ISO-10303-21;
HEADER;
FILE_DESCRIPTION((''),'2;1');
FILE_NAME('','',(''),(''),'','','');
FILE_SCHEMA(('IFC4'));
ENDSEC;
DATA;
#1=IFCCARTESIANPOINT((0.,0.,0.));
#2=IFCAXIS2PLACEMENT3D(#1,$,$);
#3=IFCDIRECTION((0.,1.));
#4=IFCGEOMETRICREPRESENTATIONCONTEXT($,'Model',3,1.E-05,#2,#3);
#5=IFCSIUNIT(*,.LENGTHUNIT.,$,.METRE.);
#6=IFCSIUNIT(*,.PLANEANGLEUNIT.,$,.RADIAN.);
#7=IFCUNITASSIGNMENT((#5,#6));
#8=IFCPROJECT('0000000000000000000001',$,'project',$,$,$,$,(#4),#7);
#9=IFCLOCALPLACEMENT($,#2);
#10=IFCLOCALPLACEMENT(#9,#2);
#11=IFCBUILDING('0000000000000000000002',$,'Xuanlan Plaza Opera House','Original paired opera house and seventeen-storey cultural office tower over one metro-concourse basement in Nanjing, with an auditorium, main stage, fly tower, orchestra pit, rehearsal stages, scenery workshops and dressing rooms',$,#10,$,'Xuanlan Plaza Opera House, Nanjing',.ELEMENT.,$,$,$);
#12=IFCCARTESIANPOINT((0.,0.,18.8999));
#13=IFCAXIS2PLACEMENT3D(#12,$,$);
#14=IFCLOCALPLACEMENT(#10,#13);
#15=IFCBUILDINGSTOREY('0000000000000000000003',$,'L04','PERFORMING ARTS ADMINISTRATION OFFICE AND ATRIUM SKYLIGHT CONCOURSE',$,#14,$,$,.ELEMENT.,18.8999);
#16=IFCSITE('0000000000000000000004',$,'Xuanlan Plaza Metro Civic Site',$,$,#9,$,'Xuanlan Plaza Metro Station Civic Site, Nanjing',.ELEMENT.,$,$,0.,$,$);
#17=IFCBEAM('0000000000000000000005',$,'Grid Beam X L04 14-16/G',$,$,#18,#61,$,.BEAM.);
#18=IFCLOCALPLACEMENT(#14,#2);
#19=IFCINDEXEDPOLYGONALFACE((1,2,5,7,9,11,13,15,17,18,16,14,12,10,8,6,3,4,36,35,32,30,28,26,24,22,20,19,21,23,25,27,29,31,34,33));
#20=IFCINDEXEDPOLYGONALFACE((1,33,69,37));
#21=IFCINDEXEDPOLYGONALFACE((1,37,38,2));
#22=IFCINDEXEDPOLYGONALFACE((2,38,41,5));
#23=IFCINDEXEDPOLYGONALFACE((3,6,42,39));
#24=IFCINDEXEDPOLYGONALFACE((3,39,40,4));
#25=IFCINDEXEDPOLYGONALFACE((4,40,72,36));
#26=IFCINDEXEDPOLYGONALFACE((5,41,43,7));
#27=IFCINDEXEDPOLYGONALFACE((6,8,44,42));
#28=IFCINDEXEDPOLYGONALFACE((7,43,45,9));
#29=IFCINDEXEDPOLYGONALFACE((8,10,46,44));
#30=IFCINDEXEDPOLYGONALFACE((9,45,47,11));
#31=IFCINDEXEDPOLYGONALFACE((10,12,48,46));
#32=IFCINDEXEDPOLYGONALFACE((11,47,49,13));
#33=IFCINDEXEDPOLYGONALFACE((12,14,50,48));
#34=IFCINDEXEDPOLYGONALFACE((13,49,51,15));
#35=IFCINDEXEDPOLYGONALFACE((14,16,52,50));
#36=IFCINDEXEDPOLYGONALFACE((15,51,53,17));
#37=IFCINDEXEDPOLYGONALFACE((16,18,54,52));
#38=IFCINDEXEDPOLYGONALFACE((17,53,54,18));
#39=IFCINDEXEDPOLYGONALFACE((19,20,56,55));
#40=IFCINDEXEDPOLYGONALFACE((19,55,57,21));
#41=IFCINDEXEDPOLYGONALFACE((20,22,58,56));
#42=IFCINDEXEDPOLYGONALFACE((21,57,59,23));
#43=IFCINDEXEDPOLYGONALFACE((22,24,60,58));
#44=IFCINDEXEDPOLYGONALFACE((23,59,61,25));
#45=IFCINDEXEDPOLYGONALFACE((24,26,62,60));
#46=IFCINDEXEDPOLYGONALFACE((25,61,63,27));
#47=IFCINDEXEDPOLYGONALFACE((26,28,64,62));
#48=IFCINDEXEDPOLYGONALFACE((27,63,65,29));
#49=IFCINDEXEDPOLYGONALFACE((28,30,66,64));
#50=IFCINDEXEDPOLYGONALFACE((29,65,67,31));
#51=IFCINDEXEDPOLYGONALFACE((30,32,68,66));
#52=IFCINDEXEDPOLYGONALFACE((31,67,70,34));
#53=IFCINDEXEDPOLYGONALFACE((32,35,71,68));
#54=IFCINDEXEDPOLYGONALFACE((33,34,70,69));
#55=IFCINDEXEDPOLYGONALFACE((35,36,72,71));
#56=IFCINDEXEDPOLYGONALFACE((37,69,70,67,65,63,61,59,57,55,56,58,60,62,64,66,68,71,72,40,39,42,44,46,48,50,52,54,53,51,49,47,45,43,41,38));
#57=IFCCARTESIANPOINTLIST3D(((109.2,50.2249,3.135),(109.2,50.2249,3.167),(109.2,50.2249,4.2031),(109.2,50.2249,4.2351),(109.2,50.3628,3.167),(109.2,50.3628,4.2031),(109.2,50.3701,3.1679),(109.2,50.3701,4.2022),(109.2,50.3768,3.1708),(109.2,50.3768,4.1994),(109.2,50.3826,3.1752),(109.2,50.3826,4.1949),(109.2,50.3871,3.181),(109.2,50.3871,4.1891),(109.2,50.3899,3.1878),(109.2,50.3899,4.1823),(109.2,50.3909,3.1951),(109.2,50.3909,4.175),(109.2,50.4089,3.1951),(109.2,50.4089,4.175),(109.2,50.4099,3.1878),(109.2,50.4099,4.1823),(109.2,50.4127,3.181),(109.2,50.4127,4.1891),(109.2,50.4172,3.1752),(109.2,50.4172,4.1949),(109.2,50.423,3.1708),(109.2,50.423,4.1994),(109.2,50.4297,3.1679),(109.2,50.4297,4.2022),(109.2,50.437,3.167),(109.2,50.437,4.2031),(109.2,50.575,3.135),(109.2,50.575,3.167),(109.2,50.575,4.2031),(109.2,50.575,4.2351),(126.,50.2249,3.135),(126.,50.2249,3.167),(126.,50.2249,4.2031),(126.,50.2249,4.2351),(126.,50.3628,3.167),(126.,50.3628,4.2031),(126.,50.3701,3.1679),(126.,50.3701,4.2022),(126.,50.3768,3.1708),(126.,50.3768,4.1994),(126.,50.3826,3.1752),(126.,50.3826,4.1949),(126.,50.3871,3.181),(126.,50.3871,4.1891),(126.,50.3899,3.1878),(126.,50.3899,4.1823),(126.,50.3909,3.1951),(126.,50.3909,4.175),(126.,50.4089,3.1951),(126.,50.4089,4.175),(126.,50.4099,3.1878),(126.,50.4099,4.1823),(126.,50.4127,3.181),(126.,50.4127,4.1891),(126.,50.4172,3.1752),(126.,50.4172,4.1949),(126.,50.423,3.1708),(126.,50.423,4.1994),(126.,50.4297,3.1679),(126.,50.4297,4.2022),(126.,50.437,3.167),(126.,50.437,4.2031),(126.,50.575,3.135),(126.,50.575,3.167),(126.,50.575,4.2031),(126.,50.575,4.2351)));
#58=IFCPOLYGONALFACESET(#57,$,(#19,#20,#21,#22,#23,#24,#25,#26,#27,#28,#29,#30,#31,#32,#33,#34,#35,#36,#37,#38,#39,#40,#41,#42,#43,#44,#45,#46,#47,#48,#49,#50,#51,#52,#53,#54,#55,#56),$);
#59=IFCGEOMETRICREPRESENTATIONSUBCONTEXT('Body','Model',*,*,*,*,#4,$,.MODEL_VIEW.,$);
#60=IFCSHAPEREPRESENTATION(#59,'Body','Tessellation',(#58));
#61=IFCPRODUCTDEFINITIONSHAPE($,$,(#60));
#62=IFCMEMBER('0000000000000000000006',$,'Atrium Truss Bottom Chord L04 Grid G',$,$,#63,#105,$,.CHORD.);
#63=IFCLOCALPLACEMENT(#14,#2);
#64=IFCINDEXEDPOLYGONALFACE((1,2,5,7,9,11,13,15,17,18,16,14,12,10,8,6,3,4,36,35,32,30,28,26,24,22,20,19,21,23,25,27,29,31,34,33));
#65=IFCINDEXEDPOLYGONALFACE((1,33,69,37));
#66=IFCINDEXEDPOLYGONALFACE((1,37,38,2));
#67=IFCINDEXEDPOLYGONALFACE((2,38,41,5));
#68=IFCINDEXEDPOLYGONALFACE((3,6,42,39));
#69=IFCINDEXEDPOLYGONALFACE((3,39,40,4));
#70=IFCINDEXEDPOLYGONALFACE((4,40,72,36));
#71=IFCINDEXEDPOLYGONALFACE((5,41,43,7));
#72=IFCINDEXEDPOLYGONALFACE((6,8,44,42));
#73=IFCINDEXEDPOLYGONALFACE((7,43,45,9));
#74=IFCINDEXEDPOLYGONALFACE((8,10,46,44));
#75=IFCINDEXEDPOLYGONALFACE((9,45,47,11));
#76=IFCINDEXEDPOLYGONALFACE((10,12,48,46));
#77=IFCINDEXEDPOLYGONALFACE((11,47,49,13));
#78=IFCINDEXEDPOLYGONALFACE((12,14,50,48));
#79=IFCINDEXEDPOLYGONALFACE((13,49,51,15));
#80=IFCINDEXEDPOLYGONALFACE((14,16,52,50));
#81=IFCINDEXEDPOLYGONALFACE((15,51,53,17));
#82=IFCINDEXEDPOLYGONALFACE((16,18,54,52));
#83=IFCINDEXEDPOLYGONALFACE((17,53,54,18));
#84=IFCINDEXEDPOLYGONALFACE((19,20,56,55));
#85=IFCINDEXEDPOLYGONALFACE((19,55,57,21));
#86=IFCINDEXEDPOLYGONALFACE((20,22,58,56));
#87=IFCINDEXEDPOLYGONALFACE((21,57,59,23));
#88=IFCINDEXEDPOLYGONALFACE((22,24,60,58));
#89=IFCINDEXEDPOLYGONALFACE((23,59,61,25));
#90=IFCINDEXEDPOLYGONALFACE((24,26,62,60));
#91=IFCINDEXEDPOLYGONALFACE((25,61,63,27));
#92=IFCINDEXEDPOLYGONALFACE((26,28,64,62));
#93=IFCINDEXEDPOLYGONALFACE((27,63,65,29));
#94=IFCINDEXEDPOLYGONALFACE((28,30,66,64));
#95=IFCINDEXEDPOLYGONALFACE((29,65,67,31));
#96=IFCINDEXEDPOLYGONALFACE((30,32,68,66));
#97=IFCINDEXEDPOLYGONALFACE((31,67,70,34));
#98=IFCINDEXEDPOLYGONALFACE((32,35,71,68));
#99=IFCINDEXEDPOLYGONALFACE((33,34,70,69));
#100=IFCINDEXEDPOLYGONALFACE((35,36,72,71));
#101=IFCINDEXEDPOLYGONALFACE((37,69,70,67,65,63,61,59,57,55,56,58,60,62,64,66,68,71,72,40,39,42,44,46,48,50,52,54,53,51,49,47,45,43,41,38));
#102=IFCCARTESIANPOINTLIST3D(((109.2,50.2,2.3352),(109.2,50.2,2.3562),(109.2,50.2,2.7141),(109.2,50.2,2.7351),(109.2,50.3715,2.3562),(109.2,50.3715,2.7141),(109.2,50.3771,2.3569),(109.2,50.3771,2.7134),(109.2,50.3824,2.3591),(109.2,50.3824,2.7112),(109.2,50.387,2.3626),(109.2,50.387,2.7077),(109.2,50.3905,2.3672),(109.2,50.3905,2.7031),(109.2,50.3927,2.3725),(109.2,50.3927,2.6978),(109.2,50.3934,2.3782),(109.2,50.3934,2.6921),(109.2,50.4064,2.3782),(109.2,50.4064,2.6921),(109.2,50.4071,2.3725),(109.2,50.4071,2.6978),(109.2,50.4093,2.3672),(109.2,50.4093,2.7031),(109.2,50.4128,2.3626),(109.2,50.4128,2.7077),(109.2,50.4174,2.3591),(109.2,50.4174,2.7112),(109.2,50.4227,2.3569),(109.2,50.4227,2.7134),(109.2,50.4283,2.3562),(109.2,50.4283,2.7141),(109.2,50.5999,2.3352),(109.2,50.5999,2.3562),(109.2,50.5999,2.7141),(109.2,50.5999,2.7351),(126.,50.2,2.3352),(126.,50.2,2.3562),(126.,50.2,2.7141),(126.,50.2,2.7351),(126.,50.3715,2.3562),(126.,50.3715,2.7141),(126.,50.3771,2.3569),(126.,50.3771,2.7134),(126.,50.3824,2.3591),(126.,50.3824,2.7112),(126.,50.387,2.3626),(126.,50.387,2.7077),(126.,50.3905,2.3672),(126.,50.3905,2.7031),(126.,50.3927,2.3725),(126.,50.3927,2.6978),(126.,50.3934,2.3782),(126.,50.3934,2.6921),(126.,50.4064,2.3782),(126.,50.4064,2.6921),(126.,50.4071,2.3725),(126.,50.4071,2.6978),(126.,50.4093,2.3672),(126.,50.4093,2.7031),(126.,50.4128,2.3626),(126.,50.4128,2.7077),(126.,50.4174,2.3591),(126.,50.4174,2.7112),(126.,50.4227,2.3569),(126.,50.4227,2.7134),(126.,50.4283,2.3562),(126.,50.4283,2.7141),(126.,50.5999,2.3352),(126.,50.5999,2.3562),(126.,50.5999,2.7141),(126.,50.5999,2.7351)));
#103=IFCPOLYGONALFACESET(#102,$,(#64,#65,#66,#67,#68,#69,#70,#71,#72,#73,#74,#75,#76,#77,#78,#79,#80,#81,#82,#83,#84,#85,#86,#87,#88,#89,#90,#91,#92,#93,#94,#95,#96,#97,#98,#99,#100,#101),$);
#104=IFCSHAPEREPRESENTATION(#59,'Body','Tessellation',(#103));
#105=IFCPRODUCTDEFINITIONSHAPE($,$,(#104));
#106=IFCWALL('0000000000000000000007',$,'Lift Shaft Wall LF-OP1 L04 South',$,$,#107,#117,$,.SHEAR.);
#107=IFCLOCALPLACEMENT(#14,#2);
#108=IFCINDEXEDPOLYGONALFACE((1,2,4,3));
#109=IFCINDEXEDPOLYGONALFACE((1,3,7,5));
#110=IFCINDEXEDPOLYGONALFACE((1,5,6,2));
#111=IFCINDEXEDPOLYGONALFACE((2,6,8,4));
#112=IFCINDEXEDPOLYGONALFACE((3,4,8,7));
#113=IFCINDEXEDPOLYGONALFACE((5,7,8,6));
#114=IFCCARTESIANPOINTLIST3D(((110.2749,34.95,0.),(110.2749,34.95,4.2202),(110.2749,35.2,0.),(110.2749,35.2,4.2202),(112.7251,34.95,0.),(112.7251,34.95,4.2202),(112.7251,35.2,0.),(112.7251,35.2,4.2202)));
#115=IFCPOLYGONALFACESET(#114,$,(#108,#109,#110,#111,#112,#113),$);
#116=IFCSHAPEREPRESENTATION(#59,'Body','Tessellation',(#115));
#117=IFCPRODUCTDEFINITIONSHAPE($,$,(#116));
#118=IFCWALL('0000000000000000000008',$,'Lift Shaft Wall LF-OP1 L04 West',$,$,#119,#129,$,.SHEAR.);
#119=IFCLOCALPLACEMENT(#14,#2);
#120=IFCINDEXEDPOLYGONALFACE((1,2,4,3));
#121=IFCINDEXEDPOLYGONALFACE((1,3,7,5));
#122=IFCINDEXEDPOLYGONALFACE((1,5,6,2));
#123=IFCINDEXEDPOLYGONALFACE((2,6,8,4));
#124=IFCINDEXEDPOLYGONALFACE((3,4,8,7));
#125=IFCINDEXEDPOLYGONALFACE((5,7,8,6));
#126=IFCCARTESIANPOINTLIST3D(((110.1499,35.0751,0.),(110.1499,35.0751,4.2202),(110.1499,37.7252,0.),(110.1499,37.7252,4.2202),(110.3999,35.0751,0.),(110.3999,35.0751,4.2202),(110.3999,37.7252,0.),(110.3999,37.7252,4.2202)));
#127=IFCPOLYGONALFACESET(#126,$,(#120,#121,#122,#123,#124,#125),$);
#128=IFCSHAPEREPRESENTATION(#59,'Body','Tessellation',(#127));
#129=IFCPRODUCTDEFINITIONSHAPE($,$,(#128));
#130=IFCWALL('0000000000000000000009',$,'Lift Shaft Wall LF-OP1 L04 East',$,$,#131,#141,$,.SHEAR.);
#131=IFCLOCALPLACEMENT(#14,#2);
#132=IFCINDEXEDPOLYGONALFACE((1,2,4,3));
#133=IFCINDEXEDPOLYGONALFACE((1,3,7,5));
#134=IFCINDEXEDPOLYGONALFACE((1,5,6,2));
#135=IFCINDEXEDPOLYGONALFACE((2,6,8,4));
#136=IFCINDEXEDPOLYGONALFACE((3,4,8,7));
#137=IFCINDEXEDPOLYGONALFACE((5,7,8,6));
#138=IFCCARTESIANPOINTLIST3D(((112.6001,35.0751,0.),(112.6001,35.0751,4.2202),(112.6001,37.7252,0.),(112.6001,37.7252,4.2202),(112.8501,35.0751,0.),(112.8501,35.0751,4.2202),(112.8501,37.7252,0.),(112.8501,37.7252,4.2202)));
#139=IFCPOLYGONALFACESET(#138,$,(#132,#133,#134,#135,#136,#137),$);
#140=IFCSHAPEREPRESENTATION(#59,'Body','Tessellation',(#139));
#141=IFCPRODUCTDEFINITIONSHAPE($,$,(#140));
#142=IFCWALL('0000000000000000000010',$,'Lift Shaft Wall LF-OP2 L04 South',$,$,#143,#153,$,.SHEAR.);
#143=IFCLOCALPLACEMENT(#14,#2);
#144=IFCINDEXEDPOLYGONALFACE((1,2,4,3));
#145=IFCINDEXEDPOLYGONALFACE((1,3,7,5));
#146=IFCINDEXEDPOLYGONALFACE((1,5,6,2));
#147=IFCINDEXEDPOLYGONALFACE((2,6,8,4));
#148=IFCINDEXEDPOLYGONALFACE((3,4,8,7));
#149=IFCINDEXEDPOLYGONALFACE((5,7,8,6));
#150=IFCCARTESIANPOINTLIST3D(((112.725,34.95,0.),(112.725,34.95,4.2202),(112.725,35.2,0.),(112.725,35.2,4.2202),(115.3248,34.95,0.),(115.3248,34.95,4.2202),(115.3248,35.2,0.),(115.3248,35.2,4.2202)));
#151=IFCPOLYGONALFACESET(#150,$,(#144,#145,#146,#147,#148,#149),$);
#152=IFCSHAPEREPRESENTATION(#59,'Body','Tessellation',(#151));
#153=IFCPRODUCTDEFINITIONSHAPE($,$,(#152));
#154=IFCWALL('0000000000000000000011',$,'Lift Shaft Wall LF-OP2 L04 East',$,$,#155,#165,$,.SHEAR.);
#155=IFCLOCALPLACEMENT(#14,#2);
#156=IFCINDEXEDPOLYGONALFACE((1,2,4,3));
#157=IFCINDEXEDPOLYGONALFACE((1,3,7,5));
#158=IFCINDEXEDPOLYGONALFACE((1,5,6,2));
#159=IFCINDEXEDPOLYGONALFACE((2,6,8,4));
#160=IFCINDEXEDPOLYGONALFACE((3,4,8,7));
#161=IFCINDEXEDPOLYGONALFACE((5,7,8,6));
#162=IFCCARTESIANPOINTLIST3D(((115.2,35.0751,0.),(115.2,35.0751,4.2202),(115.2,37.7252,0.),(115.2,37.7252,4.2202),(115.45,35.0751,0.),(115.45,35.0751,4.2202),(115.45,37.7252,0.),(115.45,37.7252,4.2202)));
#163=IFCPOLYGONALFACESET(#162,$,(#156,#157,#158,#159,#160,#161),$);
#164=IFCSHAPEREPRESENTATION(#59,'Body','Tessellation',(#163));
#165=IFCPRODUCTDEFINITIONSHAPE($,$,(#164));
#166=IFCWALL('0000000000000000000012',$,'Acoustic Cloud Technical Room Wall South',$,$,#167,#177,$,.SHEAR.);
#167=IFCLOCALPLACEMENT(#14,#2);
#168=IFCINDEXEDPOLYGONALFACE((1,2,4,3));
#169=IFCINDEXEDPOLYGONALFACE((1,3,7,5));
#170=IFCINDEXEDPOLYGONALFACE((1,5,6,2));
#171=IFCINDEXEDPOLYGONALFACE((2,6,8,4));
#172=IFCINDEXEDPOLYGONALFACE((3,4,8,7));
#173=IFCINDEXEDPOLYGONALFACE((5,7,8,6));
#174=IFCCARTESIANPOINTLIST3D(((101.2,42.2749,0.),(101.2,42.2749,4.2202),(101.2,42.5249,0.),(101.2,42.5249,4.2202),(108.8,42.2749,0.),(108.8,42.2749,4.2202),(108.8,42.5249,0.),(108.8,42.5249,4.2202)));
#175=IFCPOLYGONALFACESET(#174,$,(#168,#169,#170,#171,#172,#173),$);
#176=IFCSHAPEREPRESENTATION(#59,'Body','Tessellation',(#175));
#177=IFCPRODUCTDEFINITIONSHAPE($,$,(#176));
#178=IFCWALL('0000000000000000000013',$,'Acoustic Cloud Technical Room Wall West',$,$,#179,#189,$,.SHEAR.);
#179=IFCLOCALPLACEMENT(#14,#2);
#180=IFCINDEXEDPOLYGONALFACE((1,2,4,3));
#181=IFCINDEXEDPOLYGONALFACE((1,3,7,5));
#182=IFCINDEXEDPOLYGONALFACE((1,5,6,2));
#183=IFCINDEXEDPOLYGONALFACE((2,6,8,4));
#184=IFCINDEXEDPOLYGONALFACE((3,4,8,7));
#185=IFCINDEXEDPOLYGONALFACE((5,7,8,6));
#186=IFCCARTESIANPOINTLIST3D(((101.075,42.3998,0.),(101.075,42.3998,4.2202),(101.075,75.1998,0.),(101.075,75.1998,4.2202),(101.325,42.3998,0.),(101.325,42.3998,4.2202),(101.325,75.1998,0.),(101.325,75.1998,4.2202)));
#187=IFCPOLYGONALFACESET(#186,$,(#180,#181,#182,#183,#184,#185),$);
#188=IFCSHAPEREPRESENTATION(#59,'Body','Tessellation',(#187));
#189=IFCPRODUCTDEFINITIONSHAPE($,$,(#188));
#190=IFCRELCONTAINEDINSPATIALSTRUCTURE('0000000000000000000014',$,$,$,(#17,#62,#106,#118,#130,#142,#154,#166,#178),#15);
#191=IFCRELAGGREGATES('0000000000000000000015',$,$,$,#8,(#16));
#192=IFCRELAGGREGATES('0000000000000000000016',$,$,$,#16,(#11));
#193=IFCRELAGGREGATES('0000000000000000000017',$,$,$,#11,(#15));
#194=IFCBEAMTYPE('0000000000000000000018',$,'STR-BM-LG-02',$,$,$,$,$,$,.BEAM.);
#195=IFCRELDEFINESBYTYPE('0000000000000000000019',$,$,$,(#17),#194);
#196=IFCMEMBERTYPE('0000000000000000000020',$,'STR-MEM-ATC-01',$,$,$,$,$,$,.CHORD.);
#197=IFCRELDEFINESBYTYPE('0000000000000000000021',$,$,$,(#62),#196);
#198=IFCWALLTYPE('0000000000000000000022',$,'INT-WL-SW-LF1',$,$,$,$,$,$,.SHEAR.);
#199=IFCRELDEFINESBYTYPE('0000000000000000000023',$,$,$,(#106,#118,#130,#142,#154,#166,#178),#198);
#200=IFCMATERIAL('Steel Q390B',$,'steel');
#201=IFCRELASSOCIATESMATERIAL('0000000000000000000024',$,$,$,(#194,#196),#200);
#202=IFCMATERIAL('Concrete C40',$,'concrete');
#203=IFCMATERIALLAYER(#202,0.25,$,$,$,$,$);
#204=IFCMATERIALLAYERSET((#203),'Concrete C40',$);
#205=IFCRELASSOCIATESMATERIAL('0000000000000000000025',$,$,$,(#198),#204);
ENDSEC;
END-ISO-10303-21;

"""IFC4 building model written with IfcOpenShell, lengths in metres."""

from ifc_helpers import new_model, si_unit, direction, frame, frame_2d, origin, origin_2d, place, context, subcontext, project, spatial, rectangle, i_section, extrude, material, layer, layer_set, material_profile, profile_set, type_object, element, save


model = new_model("IFC4")

# Units and contexts
model_context = context("Model", 3, precision=1e-05, world=origin(), true_north=direction((0.0, 1.0)))
body_context = subcontext(model_context, "Body", "Model", "MODEL_VIEW")
ifc_project = project(units=[si_unit("LENGTHUNIT", "METRE"), si_unit("PLANEANGLEUNIT", "RADIAN")], contexts=[model_context])

# Site, building, storey
site_placement = place(None, origin())
site = spatial("IfcSite", under=ifc_project, at=site_placement, Name="Xuanlan Plaza Metro Civic Site", LongName="Xuanlan Plaza Metro Station Civic Site, Nanjing", CompositionType="ELEMENT", RefElevation=0.0)
building_placement = place(site_placement, origin())
building = spatial("IfcBuilding", under=site, at=building_placement, Name="Xuanlan Plaza Opera House", Description="Original paired opera house and seventeen-storey cultural office tower over one metro-concourse basement in Nanjing, with an auditorium, main stage, fly tower, orchestra pit, rehearsal stages, scenery workshops and dressing rooms", LongName="Xuanlan Plaza Opera House, Nanjing", CompositionType="ELEMENT")
storey_placement = place(building_placement, frame((0.0, 0.0, 18.8999)))
storey = spatial("IfcBuildingStorey", under=building, at=storey_placement, Name="L04", Description="PERFORMING ARTS ADMINISTRATION OFFICE AND ATRIUM SKYLIGHT CONCOURSE", CompositionType="ELEMENT", Elevation=18.8999)

# Beam
ifc_material_1 = material(Name="Concrete C40", Category="concrete")
ifc_material_2 = material(Name="Steel Q390B", Category="steel")
ifc_material_profile_1 = material_profile(ifc_material_2, i_section(OverallWidth=0.3501, OverallDepth=1.1001, WebThickness=0.0181, FlangeThickness=0.032, FilletRadius=0.0281, at=origin_2d()), Name="HN 1100x350x18x32")
ifc_profile_set_1 = profile_set([ifc_material_profile_1], Name="Steel Q390B")
beam_type_1 = type_object("IfcBeamType", Name="STR-BM-LG-02", PredefinedType="BEAM", material=ifc_profile_set_1)
beam_1_placement = place(storey_placement, frame((109.2, 50.3999, 3.6851), z_axis=(1.0, 0.0, 0.0), x_axis=(0.0, 1.0, 0.0)))
element("IfcBeam", 1, at=beam_1_placement, inside=storey, type_object=beam_type_1, Name="Grid Beam X L04 14-16/G", PredefinedType="BEAM", context=body_context, shape_type="SweptSolid", body=[
    extrude(i_section(OverallWidth=0.3501, OverallDepth=1.1001, WebThickness=0.0181, FlangeThickness=0.032, FilletRadius=0.0281, at=origin_2d()), origin(), (0.0, 0.0, 1.0), 16.8),
])

# Member
ifc_material_profile_2 = material_profile(ifc_material_2, i_section(OverallWidth=0.3999, OverallDepth=0.3999, WebThickness=0.0129, FlangeThickness=0.021, FilletRadius=0.022, at=origin_2d()), Name="HW 400x400x13x21")
ifc_profile_set_2 = profile_set([ifc_material_profile_2], Name="Steel Q390B")
member_type = type_object("IfcMemberType", Name="STR-MEM-ATC-01", PredefinedType="CHORD", material=ifc_profile_set_2)
member_placement = place(storey_placement, frame((109.2, 50.3999, 2.5352), z_axis=(1.0, 0.0, 0.0), x_axis=(0.0, 1.0, 0.0)))
element("IfcMember", 2, at=member_placement, inside=storey, type_object=member_type, Name="Atrium Truss Bottom Chord L04 Grid G", PredefinedType="CHORD", context=body_context, shape_type="SweptSolid", body=[
    extrude(i_section(OverallWidth=0.3999, OverallDepth=0.3999, WebThickness=0.0129, FlangeThickness=0.021, FilletRadius=0.022, at=origin_2d()), origin(), (0.0, 0.0, 1.0), 16.8),
])

# Wall
ifc_layer_1 = layer(ifc_material_1, 0.25)
ifc_layer_set_1 = layer_set([ifc_layer_1], Name="Concrete C40")
wall_type_1 = type_object("IfcWallType", Name="INT-WL-SW-LF1", PredefinedType="SHEAR", material=ifc_layer_set_1)
wall_1_placement = place(storey_placement, frame((110.2749, 35.075, 0.0), z_axis=(0.0, 0.0, 1.0), x_axis=(1.0, 0.0, 0.0)))
element("IfcWall", 3, at=wall_1_placement, inside=storey, type_object=wall_type_1, Name="Lift Shaft Wall LF-OP1 L04 South", PredefinedType="SHEAR", context=body_context, shape_type="SweptSolid", body=[
    extrude(rectangle(XDim=2.4502, YDim=0.25, at=frame_2d((1.2251, 0.0))), origin(), (0.0, 0.0, 1.0), 4.2202),
])

# Walls
for number, where, z_axis, x_axis, name in (
    (4, (110.2749, 35.075, 0.0), (0.0, 0.0, 1.0), (0.0, 1.0, 0.0), "Lift Shaft Wall LF-OP1 L04 West"),
    (5, (112.7251, 35.075, 0.0), (0.0, 0.0, 1.0), (0.0, 1.0, 0.0), "Lift Shaft Wall LF-OP1 L04 East"),
):
    element("IfcWall", number, at=place(storey_placement, frame(where, z_axis=z_axis, x_axis=x_axis)), inside=storey, type_object=wall_type_1, Name=name, PredefinedType="SHEAR", context=body_context, shape_type="SweptSolid", body=[
        extrude(rectangle(XDim=2.6501, YDim=0.25, at=frame_2d((1.3252, 0.0))), origin(), (0.0, 0.0, 1.0), 4.2202),
    ])
wall_2_placement = place(storey_placement, frame((112.7251, 35.075, 0.0), z_axis=(0.0, 0.0, 1.0), x_axis=(1.0, 0.0, 0.0)))
element("IfcWall", 6, at=wall_2_placement, inside=storey, type_object=wall_type_1, Name="Lift Shaft Wall LF-OP2 L04 South", PredefinedType="SHEAR", context=body_context, shape_type="SweptSolid", body=[
    extrude(rectangle(XDim=2.5999, YDim=0.25, at=frame_2d((1.2998, 0.0))), origin(), (0.0, 0.0, 1.0), 4.2202),
])

# Walls
wall_3_placement = place(storey_placement, frame((115.325, 35.075, 0.0), z_axis=(0.0, 0.0, 1.0), x_axis=(0.0, 1.0, 0.0)))
element("IfcWall", 7, at=wall_3_placement, inside=storey, type_object=wall_type_1, Name="Lift Shaft Wall LF-OP2 L04 East", PredefinedType="SHEAR", context=body_context, shape_type="SweptSolid", body=[
    extrude(rectangle(XDim=2.6501, YDim=0.25, at=frame_2d((1.3252, 0.0))), origin(), (0.0, 0.0, 1.0), 4.2202),
])
wall_4_placement = place(storey_placement, frame((101.2, 42.3999, 0.0), z_axis=(0.0, 0.0, 1.0), x_axis=(1.0, 0.0, 0.0)))
element("IfcWall", 8, at=wall_4_placement, inside=storey, type_object=wall_type_1, Name="Acoustic Cloud Technical Room Wall South", PredefinedType="SHEAR", context=body_context, shape_type="SweptSolid", body=[
    extrude(rectangle(XDim=7.6001, YDim=0.25, at=frame_2d((3.8, 0.0))), origin(), (0.0, 0.0, 1.0), 4.2202),
])
wall_5_placement = place(storey_placement, frame((101.2, 42.3999, 0.0), z_axis=(0.0, 0.0, 1.0), x_axis=(0.0, 1.0, 0.0)))
element("IfcWall", 9, at=wall_5_placement, inside=storey, type_object=wall_type_1, Name="Acoustic Cloud Technical Room Wall West", PredefinedType="SHEAR", context=body_context, shape_type="SweptSolid", body=[
    extrude(rectangle(XDim=32.8, YDim=0.25, at=frame_2d((16.3999, 0.0))), origin(), (0.0, 0.0, 1.0), 4.2202),
])

save(model, "model.ifc")
